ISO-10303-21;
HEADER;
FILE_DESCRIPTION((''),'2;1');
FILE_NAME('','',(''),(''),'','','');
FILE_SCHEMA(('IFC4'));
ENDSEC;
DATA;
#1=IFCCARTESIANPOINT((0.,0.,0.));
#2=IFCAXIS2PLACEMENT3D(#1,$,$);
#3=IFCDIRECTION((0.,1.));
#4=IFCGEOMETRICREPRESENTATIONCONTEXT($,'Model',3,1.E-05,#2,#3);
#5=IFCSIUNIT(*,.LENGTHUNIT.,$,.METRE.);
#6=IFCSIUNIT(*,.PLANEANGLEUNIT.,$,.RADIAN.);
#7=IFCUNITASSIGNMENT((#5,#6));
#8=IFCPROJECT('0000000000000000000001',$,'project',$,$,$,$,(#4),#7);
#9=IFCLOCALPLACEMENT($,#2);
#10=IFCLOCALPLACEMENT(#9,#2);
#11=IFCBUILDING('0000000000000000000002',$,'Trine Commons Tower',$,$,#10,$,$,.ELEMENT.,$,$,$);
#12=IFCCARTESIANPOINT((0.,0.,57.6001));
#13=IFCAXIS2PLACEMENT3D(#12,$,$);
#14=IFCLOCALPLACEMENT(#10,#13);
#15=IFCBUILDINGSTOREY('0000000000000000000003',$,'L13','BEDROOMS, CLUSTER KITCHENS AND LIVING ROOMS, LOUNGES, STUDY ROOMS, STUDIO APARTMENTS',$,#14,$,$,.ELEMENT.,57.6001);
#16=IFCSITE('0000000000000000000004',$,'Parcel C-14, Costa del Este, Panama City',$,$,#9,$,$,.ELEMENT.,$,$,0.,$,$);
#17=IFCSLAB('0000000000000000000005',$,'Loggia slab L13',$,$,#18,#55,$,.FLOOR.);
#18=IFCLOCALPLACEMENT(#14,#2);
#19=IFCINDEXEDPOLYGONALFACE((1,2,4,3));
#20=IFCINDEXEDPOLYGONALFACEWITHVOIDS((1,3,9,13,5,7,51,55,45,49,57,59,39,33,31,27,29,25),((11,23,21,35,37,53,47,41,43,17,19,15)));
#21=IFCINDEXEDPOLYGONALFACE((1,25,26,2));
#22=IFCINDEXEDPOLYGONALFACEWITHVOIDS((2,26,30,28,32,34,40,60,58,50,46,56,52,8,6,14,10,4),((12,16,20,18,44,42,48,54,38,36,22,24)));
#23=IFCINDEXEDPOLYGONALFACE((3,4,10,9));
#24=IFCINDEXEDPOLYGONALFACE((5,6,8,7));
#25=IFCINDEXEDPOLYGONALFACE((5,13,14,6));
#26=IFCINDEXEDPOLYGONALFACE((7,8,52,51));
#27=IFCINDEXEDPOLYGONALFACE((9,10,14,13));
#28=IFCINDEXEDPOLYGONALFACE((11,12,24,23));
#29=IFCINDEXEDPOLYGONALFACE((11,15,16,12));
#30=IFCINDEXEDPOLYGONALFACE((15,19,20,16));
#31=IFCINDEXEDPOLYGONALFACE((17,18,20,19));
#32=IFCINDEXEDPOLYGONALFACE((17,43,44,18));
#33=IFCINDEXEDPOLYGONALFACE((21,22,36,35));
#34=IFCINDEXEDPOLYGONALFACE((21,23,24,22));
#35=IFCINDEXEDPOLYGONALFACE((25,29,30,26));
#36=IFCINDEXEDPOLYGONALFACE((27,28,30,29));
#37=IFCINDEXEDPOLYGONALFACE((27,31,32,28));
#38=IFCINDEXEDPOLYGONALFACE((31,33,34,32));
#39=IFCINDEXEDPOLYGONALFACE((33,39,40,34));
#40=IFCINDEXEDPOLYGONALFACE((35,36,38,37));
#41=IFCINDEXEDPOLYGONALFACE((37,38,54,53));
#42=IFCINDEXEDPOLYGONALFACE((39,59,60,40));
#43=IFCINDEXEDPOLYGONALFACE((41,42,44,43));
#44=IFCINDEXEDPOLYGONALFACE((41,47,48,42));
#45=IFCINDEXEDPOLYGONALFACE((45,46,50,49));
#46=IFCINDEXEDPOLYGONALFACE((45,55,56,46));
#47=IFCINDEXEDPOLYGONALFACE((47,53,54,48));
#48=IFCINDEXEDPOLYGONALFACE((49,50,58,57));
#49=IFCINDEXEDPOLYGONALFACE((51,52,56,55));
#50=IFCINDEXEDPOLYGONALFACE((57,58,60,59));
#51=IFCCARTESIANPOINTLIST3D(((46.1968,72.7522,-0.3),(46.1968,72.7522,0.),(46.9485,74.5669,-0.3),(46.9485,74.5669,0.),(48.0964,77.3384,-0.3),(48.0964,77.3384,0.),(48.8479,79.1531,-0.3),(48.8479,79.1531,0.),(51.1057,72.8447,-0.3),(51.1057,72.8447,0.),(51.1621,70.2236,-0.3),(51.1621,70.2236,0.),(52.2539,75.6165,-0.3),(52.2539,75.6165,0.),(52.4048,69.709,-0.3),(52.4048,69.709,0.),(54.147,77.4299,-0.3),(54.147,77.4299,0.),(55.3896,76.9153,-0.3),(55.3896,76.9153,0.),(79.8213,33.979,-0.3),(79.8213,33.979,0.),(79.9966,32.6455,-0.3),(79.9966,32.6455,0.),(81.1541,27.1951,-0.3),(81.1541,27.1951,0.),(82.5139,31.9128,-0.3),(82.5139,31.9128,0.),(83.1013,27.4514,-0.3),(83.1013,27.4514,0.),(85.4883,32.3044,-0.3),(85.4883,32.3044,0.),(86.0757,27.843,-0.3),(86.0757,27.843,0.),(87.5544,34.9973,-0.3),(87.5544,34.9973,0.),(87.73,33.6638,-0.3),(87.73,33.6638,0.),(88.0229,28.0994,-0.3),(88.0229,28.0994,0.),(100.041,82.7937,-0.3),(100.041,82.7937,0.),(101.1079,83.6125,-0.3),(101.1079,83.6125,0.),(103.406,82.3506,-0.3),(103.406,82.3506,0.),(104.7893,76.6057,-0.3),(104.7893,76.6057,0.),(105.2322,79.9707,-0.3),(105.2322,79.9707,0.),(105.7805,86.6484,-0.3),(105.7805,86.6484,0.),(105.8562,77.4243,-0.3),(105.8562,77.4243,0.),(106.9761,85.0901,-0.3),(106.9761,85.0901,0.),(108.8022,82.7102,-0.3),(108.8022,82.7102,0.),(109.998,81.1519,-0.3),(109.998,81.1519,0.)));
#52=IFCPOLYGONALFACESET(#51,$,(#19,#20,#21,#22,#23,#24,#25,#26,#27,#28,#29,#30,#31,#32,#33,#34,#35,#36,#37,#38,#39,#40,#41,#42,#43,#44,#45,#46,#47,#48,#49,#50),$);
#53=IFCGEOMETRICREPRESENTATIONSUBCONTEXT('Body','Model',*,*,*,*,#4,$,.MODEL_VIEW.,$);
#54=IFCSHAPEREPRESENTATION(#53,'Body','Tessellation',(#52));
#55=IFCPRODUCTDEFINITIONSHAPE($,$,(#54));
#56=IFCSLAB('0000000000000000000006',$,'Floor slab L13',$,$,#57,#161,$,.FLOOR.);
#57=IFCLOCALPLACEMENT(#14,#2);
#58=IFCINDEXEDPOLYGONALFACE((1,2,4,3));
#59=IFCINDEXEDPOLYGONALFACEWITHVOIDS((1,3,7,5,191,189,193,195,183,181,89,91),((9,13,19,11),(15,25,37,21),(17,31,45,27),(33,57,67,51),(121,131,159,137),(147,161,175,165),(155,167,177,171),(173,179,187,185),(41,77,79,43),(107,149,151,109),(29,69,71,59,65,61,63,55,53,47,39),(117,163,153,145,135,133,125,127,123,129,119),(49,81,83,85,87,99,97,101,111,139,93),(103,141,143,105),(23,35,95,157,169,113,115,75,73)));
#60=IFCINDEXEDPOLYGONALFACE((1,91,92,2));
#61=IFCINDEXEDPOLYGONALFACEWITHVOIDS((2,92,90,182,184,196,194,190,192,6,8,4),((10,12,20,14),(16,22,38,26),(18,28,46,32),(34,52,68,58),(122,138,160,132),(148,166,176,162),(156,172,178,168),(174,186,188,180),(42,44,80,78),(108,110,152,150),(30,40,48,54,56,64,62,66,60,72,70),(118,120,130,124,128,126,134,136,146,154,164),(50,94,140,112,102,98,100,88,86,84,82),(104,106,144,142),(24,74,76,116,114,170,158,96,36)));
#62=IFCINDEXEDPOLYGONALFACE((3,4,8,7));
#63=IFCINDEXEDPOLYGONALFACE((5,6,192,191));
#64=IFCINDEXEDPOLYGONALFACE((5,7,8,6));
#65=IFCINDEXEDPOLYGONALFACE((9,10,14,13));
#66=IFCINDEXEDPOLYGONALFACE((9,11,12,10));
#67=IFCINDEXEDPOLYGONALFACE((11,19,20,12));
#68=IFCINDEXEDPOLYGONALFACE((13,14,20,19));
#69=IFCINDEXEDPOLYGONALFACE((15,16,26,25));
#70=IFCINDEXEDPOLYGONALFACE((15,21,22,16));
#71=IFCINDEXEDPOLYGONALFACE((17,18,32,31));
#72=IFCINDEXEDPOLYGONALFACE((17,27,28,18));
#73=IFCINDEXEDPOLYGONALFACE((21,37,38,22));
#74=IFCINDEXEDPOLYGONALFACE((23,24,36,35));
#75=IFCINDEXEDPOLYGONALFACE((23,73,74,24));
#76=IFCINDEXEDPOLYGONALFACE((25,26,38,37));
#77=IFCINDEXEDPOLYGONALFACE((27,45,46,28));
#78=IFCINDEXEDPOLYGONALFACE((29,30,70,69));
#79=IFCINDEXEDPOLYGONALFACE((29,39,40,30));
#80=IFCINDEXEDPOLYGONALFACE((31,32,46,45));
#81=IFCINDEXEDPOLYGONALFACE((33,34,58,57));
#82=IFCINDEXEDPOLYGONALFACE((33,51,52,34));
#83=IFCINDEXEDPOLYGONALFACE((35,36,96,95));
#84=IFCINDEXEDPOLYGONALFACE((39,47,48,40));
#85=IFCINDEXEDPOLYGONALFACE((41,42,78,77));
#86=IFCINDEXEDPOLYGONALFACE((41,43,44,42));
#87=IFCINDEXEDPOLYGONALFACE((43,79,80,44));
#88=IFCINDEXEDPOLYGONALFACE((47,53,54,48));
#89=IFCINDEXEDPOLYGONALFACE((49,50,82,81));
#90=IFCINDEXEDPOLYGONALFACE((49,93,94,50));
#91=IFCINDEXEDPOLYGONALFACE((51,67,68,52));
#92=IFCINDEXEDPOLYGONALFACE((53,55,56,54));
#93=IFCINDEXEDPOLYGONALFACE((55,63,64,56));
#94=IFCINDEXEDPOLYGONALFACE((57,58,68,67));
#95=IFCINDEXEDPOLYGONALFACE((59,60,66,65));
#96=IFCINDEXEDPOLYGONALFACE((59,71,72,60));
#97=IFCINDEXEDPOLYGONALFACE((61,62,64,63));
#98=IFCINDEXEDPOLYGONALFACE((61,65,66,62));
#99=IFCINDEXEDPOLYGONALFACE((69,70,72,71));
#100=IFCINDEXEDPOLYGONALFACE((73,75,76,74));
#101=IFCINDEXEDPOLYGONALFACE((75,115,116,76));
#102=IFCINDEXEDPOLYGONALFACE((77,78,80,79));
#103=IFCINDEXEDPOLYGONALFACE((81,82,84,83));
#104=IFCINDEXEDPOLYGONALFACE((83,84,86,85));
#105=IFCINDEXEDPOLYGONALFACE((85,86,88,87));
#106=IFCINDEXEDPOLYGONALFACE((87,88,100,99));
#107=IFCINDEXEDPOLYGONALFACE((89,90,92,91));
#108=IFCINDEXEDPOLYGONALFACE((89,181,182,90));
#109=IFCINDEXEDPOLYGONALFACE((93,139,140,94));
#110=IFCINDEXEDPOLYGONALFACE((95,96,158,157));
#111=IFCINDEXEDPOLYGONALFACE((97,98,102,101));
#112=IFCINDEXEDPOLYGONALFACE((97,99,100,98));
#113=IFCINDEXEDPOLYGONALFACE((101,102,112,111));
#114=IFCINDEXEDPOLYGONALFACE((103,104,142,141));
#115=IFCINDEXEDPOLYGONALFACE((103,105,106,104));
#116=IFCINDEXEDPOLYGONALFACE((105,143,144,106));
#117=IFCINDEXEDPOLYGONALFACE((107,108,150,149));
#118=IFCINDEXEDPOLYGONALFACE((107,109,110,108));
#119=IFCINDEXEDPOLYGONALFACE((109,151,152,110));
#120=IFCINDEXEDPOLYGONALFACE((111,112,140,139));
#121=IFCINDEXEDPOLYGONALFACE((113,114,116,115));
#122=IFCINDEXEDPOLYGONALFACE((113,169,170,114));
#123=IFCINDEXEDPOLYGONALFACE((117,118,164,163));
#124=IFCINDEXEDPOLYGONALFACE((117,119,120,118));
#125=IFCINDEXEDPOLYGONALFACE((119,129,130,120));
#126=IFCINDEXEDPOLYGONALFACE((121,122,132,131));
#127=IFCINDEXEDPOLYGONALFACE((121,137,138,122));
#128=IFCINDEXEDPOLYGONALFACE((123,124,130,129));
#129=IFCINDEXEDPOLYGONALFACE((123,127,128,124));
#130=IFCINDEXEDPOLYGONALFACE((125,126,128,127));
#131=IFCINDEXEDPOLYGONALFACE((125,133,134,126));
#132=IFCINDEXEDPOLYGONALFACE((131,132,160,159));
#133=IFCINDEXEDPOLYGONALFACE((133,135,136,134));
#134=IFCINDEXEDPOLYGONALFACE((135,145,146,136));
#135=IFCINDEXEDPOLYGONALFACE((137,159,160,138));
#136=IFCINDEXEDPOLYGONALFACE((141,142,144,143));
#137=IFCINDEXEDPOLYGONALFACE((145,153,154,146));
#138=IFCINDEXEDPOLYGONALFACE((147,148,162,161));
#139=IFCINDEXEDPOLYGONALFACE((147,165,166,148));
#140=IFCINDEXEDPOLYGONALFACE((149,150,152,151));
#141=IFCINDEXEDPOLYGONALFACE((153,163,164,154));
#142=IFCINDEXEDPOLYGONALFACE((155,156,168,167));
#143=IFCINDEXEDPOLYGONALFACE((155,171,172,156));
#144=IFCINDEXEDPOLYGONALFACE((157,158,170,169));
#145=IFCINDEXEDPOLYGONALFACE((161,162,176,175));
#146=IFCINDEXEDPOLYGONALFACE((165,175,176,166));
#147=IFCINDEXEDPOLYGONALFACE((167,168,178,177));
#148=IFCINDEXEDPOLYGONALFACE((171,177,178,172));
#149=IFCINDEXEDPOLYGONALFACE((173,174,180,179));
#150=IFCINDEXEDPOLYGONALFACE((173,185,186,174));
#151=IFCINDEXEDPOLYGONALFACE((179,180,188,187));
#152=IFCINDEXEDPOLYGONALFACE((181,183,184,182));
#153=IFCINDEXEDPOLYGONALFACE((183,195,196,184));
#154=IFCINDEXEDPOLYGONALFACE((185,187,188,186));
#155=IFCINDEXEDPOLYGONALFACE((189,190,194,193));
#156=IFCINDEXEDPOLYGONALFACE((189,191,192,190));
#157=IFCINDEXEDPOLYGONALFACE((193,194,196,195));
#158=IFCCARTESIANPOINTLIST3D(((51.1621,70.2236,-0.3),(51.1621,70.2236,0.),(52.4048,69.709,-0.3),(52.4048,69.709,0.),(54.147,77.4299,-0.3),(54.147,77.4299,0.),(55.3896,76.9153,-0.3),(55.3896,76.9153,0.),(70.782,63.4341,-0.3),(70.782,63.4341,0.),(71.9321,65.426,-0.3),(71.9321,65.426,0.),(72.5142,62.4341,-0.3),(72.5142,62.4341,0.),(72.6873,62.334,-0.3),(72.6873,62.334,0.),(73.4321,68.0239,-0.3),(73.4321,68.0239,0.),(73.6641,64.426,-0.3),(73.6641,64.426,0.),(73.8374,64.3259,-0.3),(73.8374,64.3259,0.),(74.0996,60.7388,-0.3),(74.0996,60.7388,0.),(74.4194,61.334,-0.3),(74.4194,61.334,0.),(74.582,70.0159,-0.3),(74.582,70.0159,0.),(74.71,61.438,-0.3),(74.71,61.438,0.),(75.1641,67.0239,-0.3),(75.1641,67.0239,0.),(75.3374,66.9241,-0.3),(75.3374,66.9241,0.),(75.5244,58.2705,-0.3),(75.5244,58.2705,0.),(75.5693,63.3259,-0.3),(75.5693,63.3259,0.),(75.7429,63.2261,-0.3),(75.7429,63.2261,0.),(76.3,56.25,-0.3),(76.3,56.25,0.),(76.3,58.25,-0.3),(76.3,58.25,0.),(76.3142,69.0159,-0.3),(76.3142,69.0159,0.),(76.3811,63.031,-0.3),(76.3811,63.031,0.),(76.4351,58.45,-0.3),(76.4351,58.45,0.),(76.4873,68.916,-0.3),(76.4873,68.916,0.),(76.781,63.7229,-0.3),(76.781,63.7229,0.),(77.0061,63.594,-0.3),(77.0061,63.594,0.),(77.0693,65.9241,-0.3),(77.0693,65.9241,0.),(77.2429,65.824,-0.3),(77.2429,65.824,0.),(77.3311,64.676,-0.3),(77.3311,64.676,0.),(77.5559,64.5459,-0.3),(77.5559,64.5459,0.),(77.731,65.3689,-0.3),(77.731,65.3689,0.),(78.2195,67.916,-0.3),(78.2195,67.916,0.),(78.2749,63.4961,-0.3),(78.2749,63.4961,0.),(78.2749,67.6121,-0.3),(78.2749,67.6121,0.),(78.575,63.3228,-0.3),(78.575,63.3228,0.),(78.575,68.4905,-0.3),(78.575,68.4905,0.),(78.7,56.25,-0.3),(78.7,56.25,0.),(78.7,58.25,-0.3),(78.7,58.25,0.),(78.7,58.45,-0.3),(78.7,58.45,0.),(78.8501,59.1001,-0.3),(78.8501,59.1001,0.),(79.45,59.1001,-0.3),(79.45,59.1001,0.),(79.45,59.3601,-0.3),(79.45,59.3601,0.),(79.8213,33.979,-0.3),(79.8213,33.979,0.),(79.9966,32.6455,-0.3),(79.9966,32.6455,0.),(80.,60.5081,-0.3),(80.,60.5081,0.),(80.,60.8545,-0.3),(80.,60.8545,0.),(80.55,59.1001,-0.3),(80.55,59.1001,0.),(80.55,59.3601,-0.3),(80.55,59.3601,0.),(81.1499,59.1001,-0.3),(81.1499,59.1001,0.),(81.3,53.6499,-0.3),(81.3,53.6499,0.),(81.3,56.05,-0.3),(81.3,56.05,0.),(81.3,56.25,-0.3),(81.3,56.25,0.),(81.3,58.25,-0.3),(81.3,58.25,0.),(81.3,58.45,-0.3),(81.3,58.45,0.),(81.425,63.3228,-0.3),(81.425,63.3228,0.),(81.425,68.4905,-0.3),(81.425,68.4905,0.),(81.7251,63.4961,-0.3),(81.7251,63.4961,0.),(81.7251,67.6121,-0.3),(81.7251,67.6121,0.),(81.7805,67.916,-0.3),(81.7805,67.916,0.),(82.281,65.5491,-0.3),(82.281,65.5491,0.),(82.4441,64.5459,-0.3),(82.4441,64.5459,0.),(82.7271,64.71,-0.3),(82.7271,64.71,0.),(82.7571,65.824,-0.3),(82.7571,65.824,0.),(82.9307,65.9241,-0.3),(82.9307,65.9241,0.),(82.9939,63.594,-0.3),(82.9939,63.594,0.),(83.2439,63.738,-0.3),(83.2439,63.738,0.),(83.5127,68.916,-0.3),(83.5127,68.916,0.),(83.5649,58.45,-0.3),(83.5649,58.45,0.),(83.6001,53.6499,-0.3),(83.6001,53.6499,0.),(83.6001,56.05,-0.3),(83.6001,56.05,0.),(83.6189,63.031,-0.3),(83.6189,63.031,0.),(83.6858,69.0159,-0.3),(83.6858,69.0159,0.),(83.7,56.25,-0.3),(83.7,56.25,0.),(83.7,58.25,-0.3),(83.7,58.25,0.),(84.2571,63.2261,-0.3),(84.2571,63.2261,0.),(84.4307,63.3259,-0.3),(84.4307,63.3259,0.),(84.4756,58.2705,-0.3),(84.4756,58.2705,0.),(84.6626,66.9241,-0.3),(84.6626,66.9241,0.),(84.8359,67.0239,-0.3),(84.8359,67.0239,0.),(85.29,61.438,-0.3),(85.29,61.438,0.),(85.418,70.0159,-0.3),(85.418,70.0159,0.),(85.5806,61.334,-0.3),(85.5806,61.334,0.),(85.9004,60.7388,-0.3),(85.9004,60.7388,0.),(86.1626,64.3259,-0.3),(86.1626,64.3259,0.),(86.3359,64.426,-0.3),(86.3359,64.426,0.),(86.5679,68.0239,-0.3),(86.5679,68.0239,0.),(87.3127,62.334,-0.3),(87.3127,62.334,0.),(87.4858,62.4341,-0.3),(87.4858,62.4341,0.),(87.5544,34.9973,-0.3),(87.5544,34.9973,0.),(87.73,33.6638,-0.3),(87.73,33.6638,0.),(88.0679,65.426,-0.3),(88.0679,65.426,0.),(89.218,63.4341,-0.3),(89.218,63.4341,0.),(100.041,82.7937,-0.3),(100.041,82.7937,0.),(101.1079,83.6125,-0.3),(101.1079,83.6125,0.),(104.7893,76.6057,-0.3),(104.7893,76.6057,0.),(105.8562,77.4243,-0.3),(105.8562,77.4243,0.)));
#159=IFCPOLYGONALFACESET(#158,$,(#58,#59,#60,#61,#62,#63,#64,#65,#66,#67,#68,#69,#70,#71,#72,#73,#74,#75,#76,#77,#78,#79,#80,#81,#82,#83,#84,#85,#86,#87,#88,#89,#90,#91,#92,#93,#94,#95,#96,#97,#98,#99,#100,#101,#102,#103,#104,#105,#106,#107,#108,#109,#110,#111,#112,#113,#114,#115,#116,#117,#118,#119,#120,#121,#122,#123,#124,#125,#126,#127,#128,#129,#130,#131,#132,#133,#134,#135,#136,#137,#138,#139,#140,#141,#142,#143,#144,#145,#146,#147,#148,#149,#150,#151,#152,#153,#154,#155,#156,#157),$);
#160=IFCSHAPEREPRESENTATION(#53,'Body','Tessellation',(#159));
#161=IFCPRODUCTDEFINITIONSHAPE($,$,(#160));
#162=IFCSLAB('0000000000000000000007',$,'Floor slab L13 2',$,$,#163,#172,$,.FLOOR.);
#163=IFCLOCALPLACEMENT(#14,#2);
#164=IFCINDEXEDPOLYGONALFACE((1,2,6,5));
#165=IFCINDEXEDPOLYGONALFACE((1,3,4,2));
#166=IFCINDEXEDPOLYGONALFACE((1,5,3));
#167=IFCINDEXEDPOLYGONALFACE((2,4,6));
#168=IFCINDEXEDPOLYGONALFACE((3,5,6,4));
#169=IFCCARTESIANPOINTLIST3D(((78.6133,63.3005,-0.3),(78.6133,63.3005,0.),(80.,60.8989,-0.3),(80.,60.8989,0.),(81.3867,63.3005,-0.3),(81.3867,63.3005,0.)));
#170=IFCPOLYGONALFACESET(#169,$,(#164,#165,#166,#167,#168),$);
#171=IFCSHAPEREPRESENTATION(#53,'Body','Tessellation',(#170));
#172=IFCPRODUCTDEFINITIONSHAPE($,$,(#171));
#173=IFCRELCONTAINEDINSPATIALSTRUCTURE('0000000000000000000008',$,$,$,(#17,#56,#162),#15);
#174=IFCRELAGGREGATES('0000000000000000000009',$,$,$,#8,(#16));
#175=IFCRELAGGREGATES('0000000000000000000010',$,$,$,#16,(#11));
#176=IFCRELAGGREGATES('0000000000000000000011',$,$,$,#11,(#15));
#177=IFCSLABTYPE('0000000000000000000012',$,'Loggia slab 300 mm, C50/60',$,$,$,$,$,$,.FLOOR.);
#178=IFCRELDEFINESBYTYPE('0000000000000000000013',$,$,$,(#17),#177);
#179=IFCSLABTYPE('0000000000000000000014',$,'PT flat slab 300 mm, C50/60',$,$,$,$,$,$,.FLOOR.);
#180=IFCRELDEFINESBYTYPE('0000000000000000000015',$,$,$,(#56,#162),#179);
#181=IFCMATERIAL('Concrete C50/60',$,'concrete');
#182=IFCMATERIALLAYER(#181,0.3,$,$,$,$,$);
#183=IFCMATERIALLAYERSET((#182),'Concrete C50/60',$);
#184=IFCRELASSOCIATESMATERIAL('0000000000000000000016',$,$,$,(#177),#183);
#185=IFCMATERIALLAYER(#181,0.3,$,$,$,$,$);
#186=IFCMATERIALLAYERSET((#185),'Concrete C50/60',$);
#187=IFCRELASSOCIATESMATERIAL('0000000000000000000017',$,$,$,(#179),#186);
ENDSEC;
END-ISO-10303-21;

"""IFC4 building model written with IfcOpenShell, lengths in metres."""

from ifc_helpers import new_model, si_unit, direction, frame, origin, place, context, subcontext, project, spatial, polyline, outline, extrude, material, layer, layer_set, type_object, element, save


model = new_model("IFC4")

# Units and contexts
model_context = context("Model", 3, precision=1e-05, world=origin(), true_north=direction((0.0, 1.0)))
body_context = subcontext(model_context, "Body", "Model", "MODEL_VIEW")
ifc_project = project(units=[si_unit("LENGTHUNIT", "METRE"), si_unit("PLANEANGLEUNIT", "RADIAN")], contexts=[model_context])

# Site, building, storey
site_placement = place(None, origin())
site = spatial("IfcSite", under=ifc_project, at=site_placement, Name="Parcel C-14, Costa del Este, Panama City", CompositionType="ELEMENT", RefElevation=0.0)
building_placement = place(site_placement, origin())
building = spatial("IfcBuilding", under=site, at=building_placement, Name="Trine Commons Tower", CompositionType="ELEMENT")
storey_placement = place(building_placement, frame((0.0, 0.0, 57.6001)))
storey = spatial("IfcBuildingStorey", under=building, at=storey_placement, Name="L13", Description="BEDROOMS, CLUSTER KITCHENS AND LIVING ROOMS, LOUNGES, STUDY ROOMS, STUDIO APARTMENTS", CompositionType="ELEMENT", Elevation=57.6001)

# Slabs
ifc_material_1 = material(Name="Concrete C50/60", Category="concrete")
ifc_layer_1 = layer(ifc_material_1, 0.3)
ifc_layer_set_1 = layer_set([ifc_layer_1], Name="Concrete C50/60")
slab_type_1 = type_object("IfcSlabType", Name="Loggia slab 300 mm, C50/60", PredefinedType="FLOOR", material=ifc_layer_set_1)
slab_1_placement = place(storey_placement, frame((0.0, 0.0, -0.3)))
element("IfcSlab", 1, at=slab_1_placement, inside=storey, type_object=slab_type_1, Name="Loggia slab L13", PredefinedType="FLOOR", context=body_context, shape_type="SweptSolid", body=[
    extrude(outline(polyline([(88.0229, 28.0994), (109.998, 81.1519), (108.8022, 82.7102), (105.2322, 79.9707), (103.406, 82.3506), (106.9761, 85.0901), (105.7805, 86.6484), (48.8479, 79.1531), (48.0964, 77.3384), (52.2539, 75.6165), (51.1057, 72.8447), (46.9485, 74.5669), (46.1968, 72.7522), (81.1541, 27.1951), (83.1013, 27.4514), (82.5139, 31.9128), (85.4883, 32.3044), (86.0757, 27.843), (88.0229, 28.0994)]), holes=[polyline([(79.9966, 32.6455), (79.8213, 33.979), (87.5544, 34.9973), (87.73, 33.6638), (105.8562, 77.4243), (104.7893, 76.6057), (100.041, 82.7937), (101.1079, 83.6125), (54.147, 77.4299), (55.3896, 76.9153), (52.4048, 69.709), (51.1621, 70.2236), (79.9966, 32.6455)])]), origin(), (0.0, 0.0, 1.0), 0.3),
])
ifc_layer_2 = layer(ifc_material_1, 0.3)
ifc_layer_set_2 = layer_set([ifc_layer_2], Name="Concrete C50/60")
slab_type_2 = type_object("IfcSlabType", Name="PT flat slab 300 mm, C50/60", PredefinedType="FLOOR", material=ifc_layer_set_2)
slab_2_placement = place(storey_placement, frame((0.0, 0.0, -0.3)))
element("IfcSlab", 2, at=slab_2_placement, inside=storey, type_object=slab_type_2, Name="Floor slab L13", PredefinedType="FLOOR", context=body_context, shape_type="SweptSolid", body=[
    extrude(outline(polyline([(51.1621, 70.2236), (79.9966, 32.6455), (79.8213, 33.979), (87.5544, 34.9973), (87.73, 33.6638), (105.8562, 77.4243), (104.7893, 76.6057), (100.041, 82.7937), (101.1079, 83.6125), (54.147, 77.4299), (55.3896, 76.9153), (52.4048, 69.709), (51.1621, 70.2236)]), holes=[polyline([(76.3, 56.25), (78.7, 56.25), (78.7, 58.25), (76.3, 58.25), (76.3, 56.25)]), polyline([(81.1499, 59.1001), (81.3, 58.45), (83.5649, 58.45), (80.0, 60.5081), (76.4351, 58.45), (78.7, 58.45), (78.8501, 59.1001), (79.45, 59.1001), (79.45, 59.3601), (80.55, 59.3601), (80.55, 59.1001), (81.1499, 59.1001)]), polyline([(80.0, 60.8545), (84.4756, 58.2705), (85.9004, 60.7388), (81.425, 63.3228), (81.425, 68.4905), (78.575, 68.4905), (78.575, 63.3228), (74.0996, 60.7388), (75.5244, 58.2705), (80.0, 60.8545)]), polyline([(73.8374, 64.3259), (72.6873, 62.334), (74.4194, 61.334), (75.5693, 63.3259), (73.8374, 64.3259)]), polyline([(71.9321, 65.426), (70.782, 63.4341), (72.5142, 62.4341), (73.6641, 64.426), (71.9321, 65.426)]), polyline([(76.781, 63.7229), (76.3811, 63.031), (75.7429, 63.2261), (74.71, 61.438), (78.2749, 63.4961), (78.2749, 67.6121), (77.2429, 65.824), (77.731, 65.3689), (77.3311, 64.676), (77.5559, 64.5459), (77.0061, 63.594), (76.781, 63.7229)]), polyline([(76.4873, 68.916), (75.3374, 66.9241), (77.0693, 65.9241), (78.2195, 67.916), (76.4873, 68.916)]), polyline([(74.582, 70.0159), (73.4321, 68.0239), (75.1641, 67.0239), (76.3142, 69.0159), (74.582, 70.0159)]), polyline([(81.3, 53.6499), (83.6001, 53.6499), (83.6001, 56.05), (81.3, 56.05), (81.3, 53.6499)]), polyline([(81.3, 56.25), (83.7, 56.25), (83.7, 58.25), (81.3, 58.25), (81.3, 56.25)]), polyline([(87.3127, 62.334), (86.1626, 64.3259), (84.4307, 63.3259), (85.5806, 61.334), (87.3127, 62.334)]), polyline([(89.218, 63.4341), (88.0679, 65.426), (86.3359, 64.426), (87.4858, 62.4341), (89.218, 63.4341)]), polyline([(83.2439, 63.738), (82.9939, 63.594), (82.4441, 64.5459), (82.7271, 64.71), (82.281, 65.5491), (82.7571, 65.824), (81.7251, 67.6121), (81.7251, 63.4961), (85.29, 61.438), (84.2571, 63.2261), (83.6189, 63.031), (83.2439, 63.738)]), polyline([(82.9307, 65.9241), (84.6626, 66.9241), (83.5127, 68.916), (81.7805, 67.916), (82.9307, 65.9241)]), polyline([(84.8359, 67.0239), (86.5679, 68.0239), (85.418, 70.0159), (83.6858, 69.0159), (84.8359, 67.0239)])]), origin(), (0.0, 0.0, 1.0), 0.3),
])
slab_3_placement = place(storey_placement, frame((0.0, 0.0, -0.3)))
element("IfcSlab", 3, at=slab_3_placement, inside=storey, type_object=slab_type_2, Name="Floor slab L13 2", PredefinedType="FLOOR", context=body_context, shape_type="SweptSolid", body=[
    extrude(outline(polyline([(78.6133, 63.3005), (80.0, 60.8989), (81.3867, 63.3005), (78.6133, 63.3005)])), origin(), (0.0, 0.0, 1.0), 0.3),
])

save(model, "model.ifc")
